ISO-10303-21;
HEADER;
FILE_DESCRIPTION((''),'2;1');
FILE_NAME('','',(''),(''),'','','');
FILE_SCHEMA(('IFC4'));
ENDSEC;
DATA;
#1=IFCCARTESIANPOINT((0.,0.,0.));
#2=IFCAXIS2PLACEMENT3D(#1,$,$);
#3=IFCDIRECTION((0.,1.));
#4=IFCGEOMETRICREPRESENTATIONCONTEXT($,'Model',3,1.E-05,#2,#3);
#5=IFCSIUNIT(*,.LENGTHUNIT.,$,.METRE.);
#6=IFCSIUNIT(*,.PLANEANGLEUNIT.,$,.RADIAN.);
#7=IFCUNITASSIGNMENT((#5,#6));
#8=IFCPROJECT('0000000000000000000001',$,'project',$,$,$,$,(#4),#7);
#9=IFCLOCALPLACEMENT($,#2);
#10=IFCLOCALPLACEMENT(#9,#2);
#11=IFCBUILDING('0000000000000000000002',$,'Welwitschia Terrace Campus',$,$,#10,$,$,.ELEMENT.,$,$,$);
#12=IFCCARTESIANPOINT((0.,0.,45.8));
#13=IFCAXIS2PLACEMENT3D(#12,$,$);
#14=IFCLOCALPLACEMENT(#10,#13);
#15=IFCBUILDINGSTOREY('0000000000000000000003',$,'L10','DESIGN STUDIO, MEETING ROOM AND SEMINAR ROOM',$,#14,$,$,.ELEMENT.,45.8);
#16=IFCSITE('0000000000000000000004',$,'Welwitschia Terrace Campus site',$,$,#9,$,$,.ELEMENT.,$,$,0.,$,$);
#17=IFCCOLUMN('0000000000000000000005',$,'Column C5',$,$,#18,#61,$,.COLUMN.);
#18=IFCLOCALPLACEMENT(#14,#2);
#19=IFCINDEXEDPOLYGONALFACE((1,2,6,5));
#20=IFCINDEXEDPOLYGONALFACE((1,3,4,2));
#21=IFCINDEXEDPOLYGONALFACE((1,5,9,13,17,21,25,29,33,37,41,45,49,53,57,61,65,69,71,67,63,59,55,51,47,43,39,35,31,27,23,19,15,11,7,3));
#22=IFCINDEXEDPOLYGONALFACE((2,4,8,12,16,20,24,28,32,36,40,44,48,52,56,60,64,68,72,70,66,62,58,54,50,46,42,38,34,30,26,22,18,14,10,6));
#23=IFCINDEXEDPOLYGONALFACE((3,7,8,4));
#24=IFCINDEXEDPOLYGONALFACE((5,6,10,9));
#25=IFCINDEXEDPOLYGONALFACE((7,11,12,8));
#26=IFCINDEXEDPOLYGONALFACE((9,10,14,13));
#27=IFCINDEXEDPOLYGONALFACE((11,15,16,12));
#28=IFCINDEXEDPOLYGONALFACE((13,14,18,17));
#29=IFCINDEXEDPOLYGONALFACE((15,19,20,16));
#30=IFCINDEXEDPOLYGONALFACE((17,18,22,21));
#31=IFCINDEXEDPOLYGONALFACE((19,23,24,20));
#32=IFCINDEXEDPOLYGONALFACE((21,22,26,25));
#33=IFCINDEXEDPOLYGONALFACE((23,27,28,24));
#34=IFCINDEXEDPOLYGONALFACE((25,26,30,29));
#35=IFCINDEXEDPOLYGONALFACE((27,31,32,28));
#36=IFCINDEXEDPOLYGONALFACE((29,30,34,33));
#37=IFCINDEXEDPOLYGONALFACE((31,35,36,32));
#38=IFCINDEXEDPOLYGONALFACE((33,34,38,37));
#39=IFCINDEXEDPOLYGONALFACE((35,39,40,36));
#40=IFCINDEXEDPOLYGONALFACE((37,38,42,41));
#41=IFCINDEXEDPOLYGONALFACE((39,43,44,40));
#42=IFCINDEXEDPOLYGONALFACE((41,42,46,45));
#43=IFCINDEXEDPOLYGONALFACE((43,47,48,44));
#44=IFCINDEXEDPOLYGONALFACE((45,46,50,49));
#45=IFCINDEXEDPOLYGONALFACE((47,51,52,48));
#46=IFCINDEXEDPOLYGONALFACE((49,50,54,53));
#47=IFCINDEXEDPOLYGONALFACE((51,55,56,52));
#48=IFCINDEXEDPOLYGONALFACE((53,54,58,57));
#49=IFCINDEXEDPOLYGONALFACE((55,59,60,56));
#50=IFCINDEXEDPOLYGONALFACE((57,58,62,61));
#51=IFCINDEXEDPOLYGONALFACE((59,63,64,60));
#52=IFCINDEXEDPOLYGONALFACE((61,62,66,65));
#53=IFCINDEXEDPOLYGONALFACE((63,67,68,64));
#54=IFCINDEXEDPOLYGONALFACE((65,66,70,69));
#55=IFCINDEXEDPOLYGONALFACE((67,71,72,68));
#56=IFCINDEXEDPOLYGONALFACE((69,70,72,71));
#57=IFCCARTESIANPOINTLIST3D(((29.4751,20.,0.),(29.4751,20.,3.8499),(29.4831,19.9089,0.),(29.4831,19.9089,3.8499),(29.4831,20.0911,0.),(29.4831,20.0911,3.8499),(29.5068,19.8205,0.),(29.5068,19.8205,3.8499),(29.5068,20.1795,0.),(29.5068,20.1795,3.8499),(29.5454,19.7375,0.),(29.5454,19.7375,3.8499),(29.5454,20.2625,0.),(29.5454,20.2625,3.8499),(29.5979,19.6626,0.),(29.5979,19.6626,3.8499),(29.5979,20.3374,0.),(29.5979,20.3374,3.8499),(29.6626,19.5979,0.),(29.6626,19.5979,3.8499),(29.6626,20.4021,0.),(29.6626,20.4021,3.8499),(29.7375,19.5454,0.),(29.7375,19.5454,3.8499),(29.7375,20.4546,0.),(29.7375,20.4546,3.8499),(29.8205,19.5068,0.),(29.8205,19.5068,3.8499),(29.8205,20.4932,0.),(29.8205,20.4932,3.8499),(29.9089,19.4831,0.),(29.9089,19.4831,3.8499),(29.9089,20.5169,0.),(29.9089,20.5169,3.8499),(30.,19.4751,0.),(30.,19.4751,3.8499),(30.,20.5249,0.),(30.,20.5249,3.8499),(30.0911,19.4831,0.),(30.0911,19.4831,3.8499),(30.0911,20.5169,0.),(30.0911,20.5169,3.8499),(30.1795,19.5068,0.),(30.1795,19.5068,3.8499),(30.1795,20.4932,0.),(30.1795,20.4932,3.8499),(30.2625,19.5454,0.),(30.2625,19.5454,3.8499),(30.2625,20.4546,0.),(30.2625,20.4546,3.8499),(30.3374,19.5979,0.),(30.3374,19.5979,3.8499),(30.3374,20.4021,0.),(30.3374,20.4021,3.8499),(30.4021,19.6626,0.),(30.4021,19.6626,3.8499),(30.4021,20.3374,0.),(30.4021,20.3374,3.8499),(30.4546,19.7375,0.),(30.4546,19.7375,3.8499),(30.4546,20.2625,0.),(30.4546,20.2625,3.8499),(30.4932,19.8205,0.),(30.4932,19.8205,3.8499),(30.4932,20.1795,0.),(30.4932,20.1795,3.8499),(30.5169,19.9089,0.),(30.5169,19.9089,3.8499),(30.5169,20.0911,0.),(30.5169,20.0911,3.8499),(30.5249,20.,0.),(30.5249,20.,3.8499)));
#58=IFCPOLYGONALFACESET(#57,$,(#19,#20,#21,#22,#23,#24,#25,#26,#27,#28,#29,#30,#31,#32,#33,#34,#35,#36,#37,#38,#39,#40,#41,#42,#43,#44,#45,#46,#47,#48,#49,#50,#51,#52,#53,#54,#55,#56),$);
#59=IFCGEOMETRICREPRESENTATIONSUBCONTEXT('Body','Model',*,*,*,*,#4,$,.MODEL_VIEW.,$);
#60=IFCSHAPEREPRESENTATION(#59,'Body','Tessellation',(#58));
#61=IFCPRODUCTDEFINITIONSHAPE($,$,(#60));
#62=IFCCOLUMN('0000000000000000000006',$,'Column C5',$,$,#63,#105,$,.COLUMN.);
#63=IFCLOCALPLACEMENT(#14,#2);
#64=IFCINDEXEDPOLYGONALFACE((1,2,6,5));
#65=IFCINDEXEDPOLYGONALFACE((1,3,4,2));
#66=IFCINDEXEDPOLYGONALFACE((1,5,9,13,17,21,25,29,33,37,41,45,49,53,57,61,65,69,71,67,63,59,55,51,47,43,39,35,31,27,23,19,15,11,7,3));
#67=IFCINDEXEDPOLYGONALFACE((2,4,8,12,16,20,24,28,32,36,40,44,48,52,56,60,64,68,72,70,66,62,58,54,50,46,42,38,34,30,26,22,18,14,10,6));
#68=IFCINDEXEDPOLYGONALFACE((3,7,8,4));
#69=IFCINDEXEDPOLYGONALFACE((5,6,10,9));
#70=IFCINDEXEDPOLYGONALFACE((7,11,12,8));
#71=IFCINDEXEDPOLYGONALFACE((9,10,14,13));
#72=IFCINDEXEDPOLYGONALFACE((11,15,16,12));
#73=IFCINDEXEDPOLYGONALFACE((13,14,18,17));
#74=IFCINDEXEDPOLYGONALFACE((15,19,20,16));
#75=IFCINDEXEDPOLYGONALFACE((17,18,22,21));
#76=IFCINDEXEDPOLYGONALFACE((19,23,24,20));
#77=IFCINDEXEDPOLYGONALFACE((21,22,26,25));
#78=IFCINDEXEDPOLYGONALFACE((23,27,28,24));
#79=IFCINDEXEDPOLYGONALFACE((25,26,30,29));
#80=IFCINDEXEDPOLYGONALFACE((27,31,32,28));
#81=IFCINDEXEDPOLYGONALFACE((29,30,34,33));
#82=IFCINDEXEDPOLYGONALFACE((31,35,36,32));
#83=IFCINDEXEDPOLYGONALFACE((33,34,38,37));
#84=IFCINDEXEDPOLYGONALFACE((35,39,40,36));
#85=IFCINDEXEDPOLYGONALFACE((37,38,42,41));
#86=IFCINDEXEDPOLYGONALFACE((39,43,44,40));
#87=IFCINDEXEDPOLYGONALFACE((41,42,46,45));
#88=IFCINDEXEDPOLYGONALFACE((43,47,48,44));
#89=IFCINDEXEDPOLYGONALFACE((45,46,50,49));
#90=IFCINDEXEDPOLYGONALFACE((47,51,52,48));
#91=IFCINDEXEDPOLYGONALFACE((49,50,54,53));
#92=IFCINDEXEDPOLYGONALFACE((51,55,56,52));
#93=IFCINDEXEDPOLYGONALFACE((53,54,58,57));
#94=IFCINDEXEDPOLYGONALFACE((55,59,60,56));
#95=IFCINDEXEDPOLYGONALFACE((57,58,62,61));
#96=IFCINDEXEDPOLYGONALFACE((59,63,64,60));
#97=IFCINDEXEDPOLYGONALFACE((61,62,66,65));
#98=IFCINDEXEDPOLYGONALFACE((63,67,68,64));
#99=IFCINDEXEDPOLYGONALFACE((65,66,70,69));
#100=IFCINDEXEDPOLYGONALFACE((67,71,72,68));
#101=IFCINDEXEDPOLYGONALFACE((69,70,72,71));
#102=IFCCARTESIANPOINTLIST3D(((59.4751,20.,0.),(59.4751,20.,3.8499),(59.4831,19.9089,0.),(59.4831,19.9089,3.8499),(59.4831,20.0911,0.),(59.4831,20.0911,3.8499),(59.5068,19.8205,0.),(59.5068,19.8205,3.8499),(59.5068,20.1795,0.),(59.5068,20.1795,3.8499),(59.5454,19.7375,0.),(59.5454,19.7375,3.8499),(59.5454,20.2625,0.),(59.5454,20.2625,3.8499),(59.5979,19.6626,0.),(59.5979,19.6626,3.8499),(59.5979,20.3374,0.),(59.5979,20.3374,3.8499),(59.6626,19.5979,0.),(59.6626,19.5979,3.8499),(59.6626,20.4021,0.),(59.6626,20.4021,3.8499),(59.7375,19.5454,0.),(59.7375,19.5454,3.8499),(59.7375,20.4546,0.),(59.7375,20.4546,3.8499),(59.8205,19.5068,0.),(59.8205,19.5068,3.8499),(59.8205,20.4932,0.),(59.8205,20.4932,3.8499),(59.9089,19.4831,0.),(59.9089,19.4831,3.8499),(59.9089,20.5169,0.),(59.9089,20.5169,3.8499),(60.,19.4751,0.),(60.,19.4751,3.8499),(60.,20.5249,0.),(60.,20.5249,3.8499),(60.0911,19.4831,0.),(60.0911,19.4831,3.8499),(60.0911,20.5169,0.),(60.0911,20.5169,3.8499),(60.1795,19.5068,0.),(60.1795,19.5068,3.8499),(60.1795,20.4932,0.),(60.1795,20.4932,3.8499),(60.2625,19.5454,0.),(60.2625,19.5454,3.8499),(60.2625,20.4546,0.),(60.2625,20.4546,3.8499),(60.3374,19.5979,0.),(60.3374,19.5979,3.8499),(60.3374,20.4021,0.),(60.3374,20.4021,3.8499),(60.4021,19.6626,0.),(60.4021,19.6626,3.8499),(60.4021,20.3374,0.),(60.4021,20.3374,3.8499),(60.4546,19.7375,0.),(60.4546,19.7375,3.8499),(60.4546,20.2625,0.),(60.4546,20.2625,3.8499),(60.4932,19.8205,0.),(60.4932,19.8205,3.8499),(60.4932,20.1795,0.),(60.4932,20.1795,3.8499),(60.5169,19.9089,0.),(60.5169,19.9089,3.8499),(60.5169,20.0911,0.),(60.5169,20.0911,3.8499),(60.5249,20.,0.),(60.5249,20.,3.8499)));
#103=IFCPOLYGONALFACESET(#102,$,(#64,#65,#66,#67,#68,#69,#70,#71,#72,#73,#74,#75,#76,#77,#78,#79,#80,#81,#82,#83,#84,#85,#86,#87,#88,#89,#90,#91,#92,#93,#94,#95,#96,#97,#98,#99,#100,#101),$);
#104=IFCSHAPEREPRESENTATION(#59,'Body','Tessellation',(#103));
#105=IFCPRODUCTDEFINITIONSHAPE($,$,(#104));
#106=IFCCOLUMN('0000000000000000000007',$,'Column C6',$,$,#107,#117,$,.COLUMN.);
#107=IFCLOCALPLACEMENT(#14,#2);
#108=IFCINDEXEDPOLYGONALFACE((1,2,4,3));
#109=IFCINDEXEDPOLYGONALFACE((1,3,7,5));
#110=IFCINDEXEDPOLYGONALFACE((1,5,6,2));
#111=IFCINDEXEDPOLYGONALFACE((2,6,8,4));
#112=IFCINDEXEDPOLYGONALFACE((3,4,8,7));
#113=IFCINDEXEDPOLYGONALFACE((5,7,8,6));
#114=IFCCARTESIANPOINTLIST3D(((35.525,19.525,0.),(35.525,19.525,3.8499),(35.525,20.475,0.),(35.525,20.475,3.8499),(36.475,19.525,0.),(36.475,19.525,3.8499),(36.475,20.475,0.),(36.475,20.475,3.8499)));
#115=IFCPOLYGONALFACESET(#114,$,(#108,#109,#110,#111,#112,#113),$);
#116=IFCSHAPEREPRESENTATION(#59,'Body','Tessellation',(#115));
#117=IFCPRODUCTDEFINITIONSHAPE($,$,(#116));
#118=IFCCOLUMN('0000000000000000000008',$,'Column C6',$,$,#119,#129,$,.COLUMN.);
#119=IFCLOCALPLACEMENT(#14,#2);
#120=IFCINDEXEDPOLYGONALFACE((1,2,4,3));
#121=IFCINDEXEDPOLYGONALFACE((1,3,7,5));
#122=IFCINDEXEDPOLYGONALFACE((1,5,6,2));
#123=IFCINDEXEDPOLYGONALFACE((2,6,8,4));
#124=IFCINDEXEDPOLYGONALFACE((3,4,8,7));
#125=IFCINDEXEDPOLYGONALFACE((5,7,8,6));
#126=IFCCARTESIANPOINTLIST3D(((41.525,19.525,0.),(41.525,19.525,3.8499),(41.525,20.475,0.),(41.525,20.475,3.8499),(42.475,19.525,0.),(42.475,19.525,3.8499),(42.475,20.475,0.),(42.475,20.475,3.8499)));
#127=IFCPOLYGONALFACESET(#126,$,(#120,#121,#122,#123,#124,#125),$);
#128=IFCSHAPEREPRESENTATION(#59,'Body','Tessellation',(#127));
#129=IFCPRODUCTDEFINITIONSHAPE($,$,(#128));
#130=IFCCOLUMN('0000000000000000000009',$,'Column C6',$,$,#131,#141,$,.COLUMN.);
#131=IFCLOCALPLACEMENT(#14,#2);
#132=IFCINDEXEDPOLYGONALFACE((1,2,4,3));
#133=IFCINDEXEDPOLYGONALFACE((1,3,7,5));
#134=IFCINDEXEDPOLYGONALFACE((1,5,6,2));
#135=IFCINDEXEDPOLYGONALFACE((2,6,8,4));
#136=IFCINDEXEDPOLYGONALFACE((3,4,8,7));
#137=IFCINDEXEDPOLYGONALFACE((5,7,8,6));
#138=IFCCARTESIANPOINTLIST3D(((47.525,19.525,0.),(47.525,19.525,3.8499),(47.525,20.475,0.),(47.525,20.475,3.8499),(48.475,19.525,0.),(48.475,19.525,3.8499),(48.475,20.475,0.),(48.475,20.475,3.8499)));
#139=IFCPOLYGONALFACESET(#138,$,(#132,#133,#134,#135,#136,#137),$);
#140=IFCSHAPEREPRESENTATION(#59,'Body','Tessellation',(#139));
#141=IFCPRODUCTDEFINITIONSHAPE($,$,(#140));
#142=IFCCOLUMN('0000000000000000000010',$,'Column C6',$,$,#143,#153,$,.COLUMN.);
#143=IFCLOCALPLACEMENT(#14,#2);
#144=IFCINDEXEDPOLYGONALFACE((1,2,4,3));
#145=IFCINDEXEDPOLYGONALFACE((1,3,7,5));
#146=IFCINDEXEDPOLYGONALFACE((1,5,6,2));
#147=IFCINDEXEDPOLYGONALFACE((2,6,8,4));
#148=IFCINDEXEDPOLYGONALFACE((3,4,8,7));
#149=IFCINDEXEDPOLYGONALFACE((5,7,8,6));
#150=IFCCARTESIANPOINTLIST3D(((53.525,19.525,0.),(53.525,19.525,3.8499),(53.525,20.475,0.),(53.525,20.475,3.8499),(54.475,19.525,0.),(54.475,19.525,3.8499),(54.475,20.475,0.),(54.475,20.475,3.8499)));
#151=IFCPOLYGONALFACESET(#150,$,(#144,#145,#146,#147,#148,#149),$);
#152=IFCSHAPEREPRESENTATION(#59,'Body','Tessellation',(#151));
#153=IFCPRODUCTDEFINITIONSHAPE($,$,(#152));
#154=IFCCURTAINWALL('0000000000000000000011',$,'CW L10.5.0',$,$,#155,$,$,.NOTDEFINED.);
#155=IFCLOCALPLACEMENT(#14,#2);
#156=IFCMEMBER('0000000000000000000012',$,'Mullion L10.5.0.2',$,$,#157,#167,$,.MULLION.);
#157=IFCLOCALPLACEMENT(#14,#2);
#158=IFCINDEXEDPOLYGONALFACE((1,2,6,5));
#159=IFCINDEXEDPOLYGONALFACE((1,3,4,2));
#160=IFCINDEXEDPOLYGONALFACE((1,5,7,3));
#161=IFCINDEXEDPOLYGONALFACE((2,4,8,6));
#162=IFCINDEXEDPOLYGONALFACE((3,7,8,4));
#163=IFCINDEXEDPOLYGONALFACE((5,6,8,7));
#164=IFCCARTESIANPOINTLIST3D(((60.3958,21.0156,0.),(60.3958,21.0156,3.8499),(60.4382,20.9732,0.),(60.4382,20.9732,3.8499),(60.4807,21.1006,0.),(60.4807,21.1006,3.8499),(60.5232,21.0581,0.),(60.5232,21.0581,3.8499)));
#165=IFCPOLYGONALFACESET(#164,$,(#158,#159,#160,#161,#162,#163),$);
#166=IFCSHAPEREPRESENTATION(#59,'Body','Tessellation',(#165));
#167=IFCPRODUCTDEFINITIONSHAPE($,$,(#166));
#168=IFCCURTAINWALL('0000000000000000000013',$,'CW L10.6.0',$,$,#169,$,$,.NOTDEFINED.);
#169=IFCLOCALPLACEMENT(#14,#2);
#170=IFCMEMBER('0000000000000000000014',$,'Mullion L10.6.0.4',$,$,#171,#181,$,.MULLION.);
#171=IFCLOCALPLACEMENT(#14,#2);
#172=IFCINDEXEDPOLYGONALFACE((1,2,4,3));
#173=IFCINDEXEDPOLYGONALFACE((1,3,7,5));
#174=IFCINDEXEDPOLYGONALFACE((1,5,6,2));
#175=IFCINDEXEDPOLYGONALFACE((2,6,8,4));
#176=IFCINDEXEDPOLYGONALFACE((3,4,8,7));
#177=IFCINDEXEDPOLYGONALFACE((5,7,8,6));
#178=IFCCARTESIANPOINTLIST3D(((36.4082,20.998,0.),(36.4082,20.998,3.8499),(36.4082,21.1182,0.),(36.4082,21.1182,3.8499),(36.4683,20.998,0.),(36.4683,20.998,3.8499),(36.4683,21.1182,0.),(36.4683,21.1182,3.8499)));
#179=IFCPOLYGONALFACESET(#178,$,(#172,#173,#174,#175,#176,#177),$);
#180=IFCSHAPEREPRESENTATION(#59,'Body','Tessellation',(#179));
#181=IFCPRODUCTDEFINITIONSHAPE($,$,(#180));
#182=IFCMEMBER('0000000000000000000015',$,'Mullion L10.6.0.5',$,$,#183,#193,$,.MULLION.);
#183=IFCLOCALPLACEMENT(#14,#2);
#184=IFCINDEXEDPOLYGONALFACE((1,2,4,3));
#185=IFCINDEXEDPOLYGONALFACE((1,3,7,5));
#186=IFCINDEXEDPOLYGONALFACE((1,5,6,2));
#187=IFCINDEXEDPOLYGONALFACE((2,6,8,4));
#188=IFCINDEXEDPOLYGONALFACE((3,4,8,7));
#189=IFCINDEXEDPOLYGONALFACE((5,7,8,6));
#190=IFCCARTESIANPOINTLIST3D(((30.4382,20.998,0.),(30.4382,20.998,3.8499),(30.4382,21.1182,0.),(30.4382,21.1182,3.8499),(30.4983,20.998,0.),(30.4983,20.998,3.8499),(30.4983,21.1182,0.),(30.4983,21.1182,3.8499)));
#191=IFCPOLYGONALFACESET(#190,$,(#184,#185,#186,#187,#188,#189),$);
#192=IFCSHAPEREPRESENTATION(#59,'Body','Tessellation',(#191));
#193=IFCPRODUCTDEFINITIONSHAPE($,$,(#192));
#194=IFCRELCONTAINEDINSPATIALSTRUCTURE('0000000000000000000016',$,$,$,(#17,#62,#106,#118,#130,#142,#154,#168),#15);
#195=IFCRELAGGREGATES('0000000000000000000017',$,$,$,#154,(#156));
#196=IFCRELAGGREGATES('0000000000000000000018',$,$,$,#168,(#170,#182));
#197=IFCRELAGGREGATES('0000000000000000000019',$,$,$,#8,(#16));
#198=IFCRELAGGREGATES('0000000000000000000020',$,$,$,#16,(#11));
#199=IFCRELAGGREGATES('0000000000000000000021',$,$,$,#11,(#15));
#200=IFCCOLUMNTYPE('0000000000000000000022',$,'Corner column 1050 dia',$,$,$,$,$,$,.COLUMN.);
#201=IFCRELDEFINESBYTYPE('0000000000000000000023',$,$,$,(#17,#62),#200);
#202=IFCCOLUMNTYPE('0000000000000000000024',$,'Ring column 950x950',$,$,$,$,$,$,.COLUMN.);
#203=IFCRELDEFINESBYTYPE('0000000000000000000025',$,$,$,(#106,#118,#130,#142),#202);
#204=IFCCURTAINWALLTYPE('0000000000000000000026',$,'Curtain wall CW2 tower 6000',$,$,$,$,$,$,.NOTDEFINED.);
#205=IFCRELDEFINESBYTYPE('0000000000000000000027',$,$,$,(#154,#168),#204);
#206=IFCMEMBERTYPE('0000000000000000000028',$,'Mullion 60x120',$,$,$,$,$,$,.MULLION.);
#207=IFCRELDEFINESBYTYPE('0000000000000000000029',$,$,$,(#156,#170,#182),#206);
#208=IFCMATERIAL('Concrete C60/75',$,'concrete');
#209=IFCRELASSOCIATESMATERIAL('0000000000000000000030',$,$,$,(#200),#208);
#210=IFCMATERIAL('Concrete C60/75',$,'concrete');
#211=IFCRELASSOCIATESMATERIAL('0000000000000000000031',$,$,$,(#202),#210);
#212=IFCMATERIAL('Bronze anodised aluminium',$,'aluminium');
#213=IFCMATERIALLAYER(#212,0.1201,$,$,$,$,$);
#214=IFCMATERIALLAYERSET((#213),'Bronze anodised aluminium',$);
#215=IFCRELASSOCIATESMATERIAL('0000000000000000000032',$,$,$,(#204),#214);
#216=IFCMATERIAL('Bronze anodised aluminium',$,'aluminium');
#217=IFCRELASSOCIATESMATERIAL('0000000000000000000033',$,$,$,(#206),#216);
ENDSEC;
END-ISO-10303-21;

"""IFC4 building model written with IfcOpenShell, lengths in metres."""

from ifc_helpers import new_model, si_unit, direction, frame, origin, origin_2d, place, context, subcontext, project, spatial, rectangle, circle, extrude, material, layer, layer_set, material_profile, profile_set, type_object, element, aggregate, save


model = new_model("IFC4")

# Units and contexts
model_context = context("Model", 3, precision=1e-05, world=origin(), true_north=direction((0.0, 1.0)))
body_context = subcontext(model_context, "Body", "Model", "MODEL_VIEW")
ifc_project = project(units=[si_unit("LENGTHUNIT", "METRE"), si_unit("PLANEANGLEUNIT", "RADIAN")], contexts=[model_context])

# Site, building, storey
site_placement = place(None, origin())
site = spatial("IfcSite", under=ifc_project, at=site_placement, Name="Welwitschia Terrace Campus site", CompositionType="ELEMENT", RefElevation=0.0)
building_placement = place(site_placement, origin())
building = spatial("IfcBuilding", under=site, at=building_placement, Name="Welwitschia Terrace Campus", CompositionType="ELEMENT")
storey_placement = place(building_placement, frame((0.0, 0.0, 45.8)))
storey = spatial("IfcBuildingStorey", under=building, at=storey_placement, Name="L10", Description="DESIGN STUDIO, MEETING ROOM AND SEMINAR ROOM", CompositionType="ELEMENT", Elevation=45.8)

# Columns
ifc_material_1 = material(Name="Concrete C60/75", Category="concrete")
ifc_material_profile_1 = material_profile(ifc_material_1, circle(Radius=0.5249, at=origin_2d()))
ifc_profile_set_1 = profile_set([ifc_material_profile_1], Name="Concrete C60/75")
column_type_1 = type_object("IfcColumnType", Name="Corner column 1050 dia", PredefinedType="COLUMN", material=ifc_profile_set_1)
for number, where, z_axis, x_axis, name in (
    (1, (30.0, 20.0, 0.0), (0.0, 0.0, 1.0), (1.0, 0.0, 0.0), "Column C5"),
    (2, (60.0, 20.0, 0.0), (0.0, 0.0, 1.0), (1.0, 0.0, 0.0), "Column C5"),
):
    element("IfcColumn", number, at=place(storey_placement, frame(where, z_axis=z_axis, x_axis=x_axis)), inside=storey, type_object=column_type_1, Name=name, PredefinedType="COLUMN", context=body_context, shape_type="SweptSolid", body=[
        extrude(circle(Radius=0.5249, at=origin_2d()), origin(), (0.0, 0.0, 1.0), 3.8499),
    ])
ifc_material_2 = material(Name="Concrete C60/75", Category="concrete")
ifc_material_profile_2 = material_profile(ifc_material_2, rectangle(XDim=0.95, YDim=0.95, at=origin_2d()))
ifc_profile_set_2 = profile_set([ifc_material_profile_2], Name="Concrete C60/75")
column_type_2 = type_object("IfcColumnType", Name="Ring column 950x950", PredefinedType="COLUMN", material=ifc_profile_set_2)
for number, where, z_axis, x_axis, name in (
    (3, (36.0, 20.0, 0.0), (0.0, 0.0, 1.0), (1.0, 0.0, 0.0), "Column C6"),
    (4, (42.0, 20.0, 0.0), (0.0, 0.0, 1.0), (1.0, 0.0, 0.0), "Column C6"),
    (5, (48.0, 20.0, 0.0), (0.0, 0.0, 1.0), (1.0, 0.0, 0.0), "Column C6"),
    (6, (54.0, 20.0, 0.0), (0.0, 0.0, 1.0), (1.0, 0.0, 0.0), "Column C6"),
):
    element("IfcColumn", number, at=place(storey_placement, frame(where, z_axis=z_axis, x_axis=x_axis)), inside=storey, type_object=column_type_2, Name=name, PredefinedType="COLUMN", context=body_context, shape_type="SweptSolid", body=[
        extrude(rectangle(XDim=0.95, YDim=0.95, at=origin_2d()), origin(), (0.0, 0.0, 1.0), 3.8499),
    ])

# Curtain wall, member
ifc_material_3 = material(Name="Bronze anodised aluminium", Category="aluminium")
ifc_layer_1 = layer(ifc_material_3, 0.1201)
ifc_layer_set_1 = layer_set([ifc_layer_1], Name="Bronze anodised aluminium")
curtain_wall_type = type_object("IfcCurtainWallType", Name="Curtain wall CW2 tower 6000", PredefinedType="NOTDEFINED", material=ifc_layer_set_1)
curtain_wall_1_placement = place(storey_placement, origin())
curtain_wall_1 = element("IfcCurtainWall", 7, at=curtain_wall_1_placement, inside=storey, type_object=curtain_wall_type, Name="CW L10.5.0", PredefinedType="NOTDEFINED")
ifc_material_4 = material(Name="Bronze anodised aluminium", Category="aluminium")
ifc_material_profile_3 = material_profile(ifc_material_4, rectangle(XDim=0.1201, YDim=0.0601, at=origin_2d()))
ifc_profile_set_3 = profile_set([ifc_material_profile_3], Name="Bronze anodised aluminium")
member_type_1 = type_object("IfcMemberType", Name="Mullion 60x120", PredefinedType="MULLION", material=ifc_profile_set_3)
member_1_placement = place(storey_placement, frame((60.4595, 21.0369, 0.0), z_axis=(0.0, 0.0, 1.0), x_axis=(-0.707107, -0.707107, 0.0)))
member_1 = element("IfcMember", 8, at=member_1_placement, type_object=member_type_1, Name="Mullion L10.5.0.2", PredefinedType="MULLION", context=body_context, shape_type="SweptSolid", body=[
    extrude(rectangle(XDim=0.1201, YDim=0.0601, at=origin_2d()), origin(), (0.0, 0.0, 1.0), 3.8499),
])

# Curtain wall, members
curtain_wall_2_placement = place(storey_placement, origin())
curtain_wall_2 = element("IfcCurtainWall", 9, at=curtain_wall_2_placement, inside=storey, type_object=curtain_wall_type, Name="CW L10.6.0", PredefinedType="NOTDEFINED")
member_2_placement = place(storey_placement, frame((36.4382, 21.0581, 0.0), z_axis=(0.0, 0.0, 1.0), x_axis=(0.0, -1.0, 0.0)))
member_2 = element("IfcMember", 10, at=member_2_placement, type_object=member_type_1, Name="Mullion L10.6.0.4", PredefinedType="MULLION", context=body_context, shape_type="SweptSolid", body=[
    extrude(rectangle(XDim=0.1201, YDim=0.0601, at=origin_2d()), origin(), (0.0, 0.0, 1.0), 3.8499),
])
member_3_placement = place(storey_placement, frame((30.4683, 21.0581, 0.0), z_axis=(0.0, 0.0, 1.0), x_axis=(0.0, -1.0, 0.0)))
member_3 = element("IfcMember", 11, at=member_3_placement, type_object=member_type_1, Name="Mullion L10.6.0.5", PredefinedType="MULLION", context=body_context, shape_type="SweptSolid", body=[
    extrude(rectangle(XDim=0.1201, YDim=0.0601, at=origin_2d()), origin(), (0.0, 0.0, 1.0), 3.8499),
])

aggregate(curtain_wall_1, [member_1])
aggregate(curtain_wall_2, [member_2, member_3])

save(model, "model.ifc")
